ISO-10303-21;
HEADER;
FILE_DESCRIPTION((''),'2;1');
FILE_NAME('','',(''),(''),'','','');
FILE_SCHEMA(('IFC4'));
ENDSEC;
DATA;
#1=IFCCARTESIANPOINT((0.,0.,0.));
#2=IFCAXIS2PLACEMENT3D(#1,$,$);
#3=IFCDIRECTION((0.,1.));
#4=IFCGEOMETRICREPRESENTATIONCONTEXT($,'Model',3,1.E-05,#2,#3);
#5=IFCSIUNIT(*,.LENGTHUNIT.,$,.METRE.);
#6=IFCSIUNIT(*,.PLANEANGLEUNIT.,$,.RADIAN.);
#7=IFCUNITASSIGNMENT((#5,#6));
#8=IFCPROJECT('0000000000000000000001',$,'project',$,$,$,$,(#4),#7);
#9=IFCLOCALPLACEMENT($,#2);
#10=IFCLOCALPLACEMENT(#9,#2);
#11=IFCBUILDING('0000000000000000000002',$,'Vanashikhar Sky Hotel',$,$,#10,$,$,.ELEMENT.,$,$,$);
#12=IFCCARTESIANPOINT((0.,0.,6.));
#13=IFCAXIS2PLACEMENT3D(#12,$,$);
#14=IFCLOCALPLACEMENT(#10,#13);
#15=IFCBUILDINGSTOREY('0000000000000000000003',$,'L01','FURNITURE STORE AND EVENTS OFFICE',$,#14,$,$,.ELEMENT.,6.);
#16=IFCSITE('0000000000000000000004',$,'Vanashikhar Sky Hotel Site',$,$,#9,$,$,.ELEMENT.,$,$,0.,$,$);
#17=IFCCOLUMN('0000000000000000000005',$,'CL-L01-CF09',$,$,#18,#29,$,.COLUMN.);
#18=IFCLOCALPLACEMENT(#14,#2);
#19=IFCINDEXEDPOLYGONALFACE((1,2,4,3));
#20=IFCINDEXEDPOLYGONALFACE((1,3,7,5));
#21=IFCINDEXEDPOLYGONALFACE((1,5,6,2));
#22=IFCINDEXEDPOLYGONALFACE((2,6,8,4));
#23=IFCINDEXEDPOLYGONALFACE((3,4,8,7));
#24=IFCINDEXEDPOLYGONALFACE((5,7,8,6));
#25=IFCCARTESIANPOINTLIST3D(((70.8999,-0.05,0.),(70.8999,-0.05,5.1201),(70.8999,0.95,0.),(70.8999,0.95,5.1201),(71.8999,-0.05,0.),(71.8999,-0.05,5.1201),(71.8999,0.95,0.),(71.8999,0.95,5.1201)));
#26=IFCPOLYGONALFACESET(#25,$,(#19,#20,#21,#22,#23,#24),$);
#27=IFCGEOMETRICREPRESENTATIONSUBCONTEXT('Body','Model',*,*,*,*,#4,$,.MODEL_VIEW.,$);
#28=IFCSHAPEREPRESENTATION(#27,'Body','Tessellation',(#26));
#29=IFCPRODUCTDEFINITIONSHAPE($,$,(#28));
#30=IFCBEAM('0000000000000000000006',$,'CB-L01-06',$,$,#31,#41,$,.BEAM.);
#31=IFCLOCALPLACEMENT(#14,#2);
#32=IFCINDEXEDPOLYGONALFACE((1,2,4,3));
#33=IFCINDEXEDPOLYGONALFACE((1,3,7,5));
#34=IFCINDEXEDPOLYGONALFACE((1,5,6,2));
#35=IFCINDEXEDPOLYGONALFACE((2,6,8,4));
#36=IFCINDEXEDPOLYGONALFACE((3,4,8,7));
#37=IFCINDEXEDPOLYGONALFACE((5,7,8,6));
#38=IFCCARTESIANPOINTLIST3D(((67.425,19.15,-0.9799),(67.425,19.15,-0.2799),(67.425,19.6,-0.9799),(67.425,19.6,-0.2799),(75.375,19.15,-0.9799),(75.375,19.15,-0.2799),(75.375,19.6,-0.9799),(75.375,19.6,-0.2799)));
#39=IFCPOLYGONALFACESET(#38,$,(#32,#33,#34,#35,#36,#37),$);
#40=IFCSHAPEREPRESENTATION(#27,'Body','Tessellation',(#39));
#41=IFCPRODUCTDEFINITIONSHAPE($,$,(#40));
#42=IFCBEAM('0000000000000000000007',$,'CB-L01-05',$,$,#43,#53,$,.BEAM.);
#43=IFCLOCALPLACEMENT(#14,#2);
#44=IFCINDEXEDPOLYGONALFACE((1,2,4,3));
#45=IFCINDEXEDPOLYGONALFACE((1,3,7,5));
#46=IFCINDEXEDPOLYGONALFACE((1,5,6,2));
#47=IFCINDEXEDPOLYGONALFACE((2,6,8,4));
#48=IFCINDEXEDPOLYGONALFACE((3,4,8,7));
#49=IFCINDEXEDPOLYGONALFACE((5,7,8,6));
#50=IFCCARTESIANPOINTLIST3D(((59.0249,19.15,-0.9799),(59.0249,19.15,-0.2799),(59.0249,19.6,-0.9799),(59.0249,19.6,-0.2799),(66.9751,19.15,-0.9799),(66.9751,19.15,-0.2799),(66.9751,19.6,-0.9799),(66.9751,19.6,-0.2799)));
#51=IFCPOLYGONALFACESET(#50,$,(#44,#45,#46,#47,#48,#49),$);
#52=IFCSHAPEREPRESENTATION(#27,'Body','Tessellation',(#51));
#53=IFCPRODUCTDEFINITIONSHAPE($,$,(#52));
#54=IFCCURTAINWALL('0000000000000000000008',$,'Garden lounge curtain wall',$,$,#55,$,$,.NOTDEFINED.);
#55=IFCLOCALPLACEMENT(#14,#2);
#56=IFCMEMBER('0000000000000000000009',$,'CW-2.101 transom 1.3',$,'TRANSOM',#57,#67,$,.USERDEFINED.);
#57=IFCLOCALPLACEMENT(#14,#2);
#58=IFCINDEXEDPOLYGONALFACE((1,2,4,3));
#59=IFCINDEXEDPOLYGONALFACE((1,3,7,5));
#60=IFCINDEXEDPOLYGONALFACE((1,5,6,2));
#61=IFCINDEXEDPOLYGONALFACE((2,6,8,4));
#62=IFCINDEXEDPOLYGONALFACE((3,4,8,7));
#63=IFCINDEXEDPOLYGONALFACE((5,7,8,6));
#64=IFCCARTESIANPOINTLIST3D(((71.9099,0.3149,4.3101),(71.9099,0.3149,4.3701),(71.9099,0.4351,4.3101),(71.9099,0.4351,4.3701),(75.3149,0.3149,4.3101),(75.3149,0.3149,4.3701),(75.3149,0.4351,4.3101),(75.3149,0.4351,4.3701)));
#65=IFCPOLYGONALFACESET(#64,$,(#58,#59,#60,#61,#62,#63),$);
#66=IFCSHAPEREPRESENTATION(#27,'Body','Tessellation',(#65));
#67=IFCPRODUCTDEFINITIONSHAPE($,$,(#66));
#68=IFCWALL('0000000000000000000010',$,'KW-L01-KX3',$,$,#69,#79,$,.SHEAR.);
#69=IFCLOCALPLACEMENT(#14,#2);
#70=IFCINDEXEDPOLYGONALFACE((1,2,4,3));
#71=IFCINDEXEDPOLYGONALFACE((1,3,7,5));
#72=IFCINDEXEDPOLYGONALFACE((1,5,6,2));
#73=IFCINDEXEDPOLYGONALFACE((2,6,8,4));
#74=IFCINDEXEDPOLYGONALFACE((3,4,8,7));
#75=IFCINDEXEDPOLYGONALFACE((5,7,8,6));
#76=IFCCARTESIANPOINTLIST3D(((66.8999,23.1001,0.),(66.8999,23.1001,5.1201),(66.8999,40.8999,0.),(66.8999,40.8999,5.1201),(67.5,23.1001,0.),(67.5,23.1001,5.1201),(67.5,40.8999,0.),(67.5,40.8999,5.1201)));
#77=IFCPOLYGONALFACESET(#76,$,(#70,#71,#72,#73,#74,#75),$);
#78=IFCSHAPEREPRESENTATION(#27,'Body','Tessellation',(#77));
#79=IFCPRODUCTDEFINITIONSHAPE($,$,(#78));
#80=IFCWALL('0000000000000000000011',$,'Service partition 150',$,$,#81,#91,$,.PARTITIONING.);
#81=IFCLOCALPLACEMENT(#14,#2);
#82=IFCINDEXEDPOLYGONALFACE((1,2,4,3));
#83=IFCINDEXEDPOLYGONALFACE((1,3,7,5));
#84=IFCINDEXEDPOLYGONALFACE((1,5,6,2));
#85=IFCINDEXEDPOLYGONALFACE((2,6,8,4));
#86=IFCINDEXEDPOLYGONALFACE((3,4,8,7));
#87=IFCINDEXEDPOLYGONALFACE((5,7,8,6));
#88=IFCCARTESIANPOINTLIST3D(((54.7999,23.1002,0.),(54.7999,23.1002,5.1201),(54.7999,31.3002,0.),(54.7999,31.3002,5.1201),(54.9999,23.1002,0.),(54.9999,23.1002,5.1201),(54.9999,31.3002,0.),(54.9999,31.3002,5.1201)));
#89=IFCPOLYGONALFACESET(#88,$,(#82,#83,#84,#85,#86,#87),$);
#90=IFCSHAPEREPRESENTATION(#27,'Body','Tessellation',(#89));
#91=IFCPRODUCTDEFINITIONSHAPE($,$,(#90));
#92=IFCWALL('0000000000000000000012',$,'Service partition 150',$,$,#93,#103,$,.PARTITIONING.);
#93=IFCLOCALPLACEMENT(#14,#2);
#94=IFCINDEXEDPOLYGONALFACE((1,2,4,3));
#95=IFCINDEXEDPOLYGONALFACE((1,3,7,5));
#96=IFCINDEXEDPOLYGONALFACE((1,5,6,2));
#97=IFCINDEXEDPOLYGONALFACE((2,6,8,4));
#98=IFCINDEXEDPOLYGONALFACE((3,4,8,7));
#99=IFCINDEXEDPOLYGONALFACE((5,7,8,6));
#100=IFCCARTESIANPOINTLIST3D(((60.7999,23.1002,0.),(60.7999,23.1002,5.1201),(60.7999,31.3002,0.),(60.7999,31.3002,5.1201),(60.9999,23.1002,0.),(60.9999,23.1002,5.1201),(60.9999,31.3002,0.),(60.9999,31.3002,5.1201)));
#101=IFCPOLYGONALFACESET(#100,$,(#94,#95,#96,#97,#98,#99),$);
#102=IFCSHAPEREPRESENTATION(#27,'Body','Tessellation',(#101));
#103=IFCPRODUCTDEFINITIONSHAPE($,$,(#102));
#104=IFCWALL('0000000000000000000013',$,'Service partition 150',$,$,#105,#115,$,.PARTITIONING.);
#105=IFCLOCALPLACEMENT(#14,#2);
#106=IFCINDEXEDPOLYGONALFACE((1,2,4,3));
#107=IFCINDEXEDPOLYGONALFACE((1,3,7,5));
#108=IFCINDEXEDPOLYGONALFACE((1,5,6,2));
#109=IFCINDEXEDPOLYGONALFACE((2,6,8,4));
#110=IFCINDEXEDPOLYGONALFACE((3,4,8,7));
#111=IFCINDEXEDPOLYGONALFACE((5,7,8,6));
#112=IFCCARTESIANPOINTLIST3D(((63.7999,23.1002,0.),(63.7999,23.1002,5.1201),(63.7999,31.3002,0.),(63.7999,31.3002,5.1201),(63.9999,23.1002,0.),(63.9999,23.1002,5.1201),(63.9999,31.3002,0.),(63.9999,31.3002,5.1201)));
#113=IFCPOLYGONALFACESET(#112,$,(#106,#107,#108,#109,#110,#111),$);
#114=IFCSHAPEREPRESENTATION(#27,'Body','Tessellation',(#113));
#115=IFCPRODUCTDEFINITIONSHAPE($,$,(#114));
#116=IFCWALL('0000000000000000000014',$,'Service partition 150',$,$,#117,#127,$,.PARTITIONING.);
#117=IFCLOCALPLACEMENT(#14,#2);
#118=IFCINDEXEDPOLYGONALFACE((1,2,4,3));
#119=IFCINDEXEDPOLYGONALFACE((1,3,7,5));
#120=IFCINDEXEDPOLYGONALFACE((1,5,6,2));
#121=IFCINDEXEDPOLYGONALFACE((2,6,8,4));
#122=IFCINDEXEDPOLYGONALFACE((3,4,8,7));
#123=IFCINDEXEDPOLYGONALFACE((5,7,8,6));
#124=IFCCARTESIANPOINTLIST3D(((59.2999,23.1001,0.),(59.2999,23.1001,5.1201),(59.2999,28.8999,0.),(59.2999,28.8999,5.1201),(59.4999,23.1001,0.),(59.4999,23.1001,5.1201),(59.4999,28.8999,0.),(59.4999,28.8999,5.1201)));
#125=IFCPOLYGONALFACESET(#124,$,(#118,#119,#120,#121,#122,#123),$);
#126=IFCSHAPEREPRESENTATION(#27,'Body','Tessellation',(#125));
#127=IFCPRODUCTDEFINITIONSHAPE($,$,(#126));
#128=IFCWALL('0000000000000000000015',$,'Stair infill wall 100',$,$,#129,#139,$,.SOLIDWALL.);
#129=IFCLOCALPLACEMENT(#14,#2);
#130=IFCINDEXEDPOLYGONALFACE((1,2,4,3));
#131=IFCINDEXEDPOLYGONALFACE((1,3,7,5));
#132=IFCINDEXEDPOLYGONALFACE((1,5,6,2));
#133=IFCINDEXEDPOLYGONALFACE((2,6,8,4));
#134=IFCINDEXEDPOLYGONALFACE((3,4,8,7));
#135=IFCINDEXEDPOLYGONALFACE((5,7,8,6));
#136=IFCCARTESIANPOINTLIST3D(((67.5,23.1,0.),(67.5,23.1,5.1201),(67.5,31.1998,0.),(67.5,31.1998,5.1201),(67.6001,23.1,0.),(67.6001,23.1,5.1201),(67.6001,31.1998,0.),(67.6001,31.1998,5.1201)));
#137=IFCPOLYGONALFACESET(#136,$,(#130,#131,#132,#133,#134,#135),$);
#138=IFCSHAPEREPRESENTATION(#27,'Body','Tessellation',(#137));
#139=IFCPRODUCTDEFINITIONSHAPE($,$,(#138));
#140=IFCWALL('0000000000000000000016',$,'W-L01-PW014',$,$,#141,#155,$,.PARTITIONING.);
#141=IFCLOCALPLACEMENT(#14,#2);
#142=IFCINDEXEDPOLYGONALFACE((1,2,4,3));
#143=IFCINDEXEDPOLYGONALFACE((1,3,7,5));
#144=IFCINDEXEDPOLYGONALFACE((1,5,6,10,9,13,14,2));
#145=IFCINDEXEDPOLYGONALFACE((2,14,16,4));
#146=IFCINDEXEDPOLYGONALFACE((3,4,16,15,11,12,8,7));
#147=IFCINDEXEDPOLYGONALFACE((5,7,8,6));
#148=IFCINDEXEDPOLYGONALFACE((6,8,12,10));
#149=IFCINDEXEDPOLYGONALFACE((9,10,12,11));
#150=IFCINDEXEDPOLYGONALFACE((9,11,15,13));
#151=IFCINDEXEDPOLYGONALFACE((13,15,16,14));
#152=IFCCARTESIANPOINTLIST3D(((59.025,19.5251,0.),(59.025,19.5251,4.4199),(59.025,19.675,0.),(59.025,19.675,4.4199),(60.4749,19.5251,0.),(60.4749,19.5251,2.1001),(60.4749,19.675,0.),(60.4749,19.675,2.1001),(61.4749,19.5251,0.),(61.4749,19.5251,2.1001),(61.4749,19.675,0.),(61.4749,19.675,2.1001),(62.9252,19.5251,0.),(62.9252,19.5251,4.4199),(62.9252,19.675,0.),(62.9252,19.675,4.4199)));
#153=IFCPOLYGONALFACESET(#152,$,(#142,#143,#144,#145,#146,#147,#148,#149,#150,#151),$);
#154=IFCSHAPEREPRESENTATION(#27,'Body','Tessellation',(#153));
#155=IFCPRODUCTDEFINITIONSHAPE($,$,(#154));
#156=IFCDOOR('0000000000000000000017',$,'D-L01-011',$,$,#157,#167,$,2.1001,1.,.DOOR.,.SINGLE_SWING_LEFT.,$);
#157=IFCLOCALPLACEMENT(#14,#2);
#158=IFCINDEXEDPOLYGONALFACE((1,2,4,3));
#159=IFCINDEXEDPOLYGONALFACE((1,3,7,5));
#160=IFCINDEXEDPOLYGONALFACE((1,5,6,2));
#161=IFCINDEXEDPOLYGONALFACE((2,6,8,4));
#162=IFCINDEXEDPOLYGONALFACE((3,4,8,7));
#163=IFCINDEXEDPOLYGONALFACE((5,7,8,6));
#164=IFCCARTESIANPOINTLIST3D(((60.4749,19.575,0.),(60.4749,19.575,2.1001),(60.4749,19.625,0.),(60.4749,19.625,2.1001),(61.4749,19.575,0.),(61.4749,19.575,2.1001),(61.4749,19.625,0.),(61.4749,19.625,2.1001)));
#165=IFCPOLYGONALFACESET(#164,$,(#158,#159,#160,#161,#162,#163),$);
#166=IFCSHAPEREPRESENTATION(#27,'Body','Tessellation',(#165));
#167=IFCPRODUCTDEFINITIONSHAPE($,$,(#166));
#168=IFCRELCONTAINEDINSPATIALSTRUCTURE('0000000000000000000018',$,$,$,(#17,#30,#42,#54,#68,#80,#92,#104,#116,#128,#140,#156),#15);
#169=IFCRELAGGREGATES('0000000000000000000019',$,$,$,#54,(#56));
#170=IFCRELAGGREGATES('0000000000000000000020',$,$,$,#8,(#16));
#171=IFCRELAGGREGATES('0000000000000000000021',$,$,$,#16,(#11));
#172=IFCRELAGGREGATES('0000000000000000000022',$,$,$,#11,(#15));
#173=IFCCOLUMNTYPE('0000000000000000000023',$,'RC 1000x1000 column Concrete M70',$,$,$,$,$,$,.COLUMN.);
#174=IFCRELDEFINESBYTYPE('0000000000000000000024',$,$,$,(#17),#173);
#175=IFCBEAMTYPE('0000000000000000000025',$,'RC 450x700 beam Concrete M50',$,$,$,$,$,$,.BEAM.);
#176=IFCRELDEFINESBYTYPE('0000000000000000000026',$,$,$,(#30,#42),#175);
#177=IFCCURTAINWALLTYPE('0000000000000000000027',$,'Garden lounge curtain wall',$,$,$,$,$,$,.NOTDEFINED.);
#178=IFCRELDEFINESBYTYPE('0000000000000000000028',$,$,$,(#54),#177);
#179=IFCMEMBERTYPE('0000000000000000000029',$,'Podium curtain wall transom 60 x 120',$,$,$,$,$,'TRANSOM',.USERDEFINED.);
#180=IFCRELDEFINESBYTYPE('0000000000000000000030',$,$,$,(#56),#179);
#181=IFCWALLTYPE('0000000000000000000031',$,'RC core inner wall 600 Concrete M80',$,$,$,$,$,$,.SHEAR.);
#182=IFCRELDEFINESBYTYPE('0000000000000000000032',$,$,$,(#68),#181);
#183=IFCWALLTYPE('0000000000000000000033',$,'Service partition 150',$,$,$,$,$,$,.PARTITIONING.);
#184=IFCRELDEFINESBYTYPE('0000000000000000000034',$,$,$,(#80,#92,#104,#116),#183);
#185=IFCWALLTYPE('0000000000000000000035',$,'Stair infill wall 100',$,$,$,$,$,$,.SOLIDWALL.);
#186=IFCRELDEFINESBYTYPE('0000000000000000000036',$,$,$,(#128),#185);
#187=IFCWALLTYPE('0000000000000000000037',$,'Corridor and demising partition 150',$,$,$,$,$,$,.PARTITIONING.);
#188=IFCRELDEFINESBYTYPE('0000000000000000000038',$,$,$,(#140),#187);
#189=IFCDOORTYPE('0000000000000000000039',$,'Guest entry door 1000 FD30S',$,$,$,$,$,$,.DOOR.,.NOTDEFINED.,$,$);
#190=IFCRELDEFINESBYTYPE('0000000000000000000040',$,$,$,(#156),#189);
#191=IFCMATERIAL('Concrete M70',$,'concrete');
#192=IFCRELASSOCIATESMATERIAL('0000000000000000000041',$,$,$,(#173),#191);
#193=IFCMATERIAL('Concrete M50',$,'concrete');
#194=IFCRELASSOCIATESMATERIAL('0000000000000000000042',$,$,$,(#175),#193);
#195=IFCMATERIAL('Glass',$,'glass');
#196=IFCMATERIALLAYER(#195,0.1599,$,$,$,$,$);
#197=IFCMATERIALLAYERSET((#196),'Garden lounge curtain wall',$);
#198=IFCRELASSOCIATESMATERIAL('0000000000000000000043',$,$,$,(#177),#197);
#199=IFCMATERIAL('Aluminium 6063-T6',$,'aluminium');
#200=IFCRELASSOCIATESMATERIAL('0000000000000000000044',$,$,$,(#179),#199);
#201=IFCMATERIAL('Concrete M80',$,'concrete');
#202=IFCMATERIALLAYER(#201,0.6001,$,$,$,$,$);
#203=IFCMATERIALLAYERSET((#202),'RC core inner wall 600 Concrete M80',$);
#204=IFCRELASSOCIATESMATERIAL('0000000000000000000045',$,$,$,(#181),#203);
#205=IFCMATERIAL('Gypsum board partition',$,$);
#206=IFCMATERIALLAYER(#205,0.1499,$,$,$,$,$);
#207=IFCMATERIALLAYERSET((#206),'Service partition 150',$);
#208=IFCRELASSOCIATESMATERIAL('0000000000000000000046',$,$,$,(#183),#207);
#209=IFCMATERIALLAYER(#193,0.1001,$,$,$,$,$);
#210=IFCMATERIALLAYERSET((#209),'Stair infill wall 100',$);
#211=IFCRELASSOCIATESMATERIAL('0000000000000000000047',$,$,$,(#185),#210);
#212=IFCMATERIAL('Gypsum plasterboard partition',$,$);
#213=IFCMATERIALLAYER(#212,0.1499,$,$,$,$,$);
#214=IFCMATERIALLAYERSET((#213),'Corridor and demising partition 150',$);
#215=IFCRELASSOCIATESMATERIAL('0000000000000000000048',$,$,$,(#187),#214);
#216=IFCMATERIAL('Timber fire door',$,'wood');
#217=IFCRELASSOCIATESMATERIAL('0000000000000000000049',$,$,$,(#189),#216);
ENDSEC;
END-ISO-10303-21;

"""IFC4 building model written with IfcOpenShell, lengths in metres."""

from ifc_helpers import new_model, si_unit, direction, frame, frame_2d, origin, origin_2d, place, context, subcontext, project, spatial, rectangle, extrude, source, transform, mapped, material, layer, layer_set, material_profile, profile_set, type_object, element, fill, aggregate, save


model = new_model("IFC4")

# Units and contexts
model_context = context("Model", 3, precision=1e-05, world=origin(), true_north=direction((0.0, 1.0)))
body_context = subcontext(model_context, "Body", "Model", "MODEL_VIEW")
ifc_project = project(units=[si_unit("LENGTHUNIT", "METRE"), si_unit("PLANEANGLEUNIT", "RADIAN")], contexts=[model_context])

# Site, building, storey
site_placement = place(None, origin())
site = spatial("IfcSite", under=ifc_project, at=site_placement, Name="Vanashikhar Sky Hotel Site", CompositionType="ELEMENT", RefElevation=0.0)
building_placement = place(site_placement, origin())
building = spatial("IfcBuilding", under=site, at=building_placement, Name="Vanashikhar Sky Hotel", CompositionType="ELEMENT")
storey_placement = place(building_placement, frame((0.0, 0.0, 6.0)))
storey = spatial("IfcBuildingStorey", under=building, at=storey_placement, Name="L01", Description="FURNITURE STORE AND EVENTS OFFICE", CompositionType="ELEMENT", Elevation=6.0)

# Column
ifc_material_1 = material(Name="Concrete M70", Category="concrete")
ifc_material_profile_1 = material_profile(ifc_material_1, rectangle(XDim=1.0, YDim=1.0, at=origin_2d()))
ifc_profile_set_1 = profile_set([ifc_material_profile_1], Name="RC 1000x1000 column Concrete M70")
column_type = type_object("IfcColumnType", Name="RC 1000x1000 column Concrete M70", PredefinedType="COLUMN", material=ifc_profile_set_1)
shared_shape_1 = source(origin(), body_context, "Body", "SweptSolid", [
    extrude(rectangle(XDim=1.0, YDim=1.0, at=origin_2d()), origin(), (0.0, 0.0, 1.0), 5.1201),
])
column_placement = place(storey_placement, frame((71.3999, 0.45, 0.0), z_axis=(0.0, 0.0, 1.0), x_axis=(1.0, 0.0, 0.0)))
element("IfcColumn", 1, at=column_placement, inside=storey, type_object=column_type, Name="CL-L01-CF09", PredefinedType="COLUMN", context=body_context, shape_type="MappedRepresentation", body=[
    mapped(shared_shape_1, transform((0.0, 0.0, 0.0), scale=1.0)),
])

# Beams
ifc_material_2 = material(Name="Concrete M50", Category="concrete")
ifc_material_profile_2 = material_profile(ifc_material_2, rectangle(XDim=0.45, YDim=0.7, at=origin_2d()))
ifc_profile_set_2 = profile_set([ifc_material_profile_2], Name="RC 450x700 beam Concrete M50")
beam_type = type_object("IfcBeamType", Name="RC 450x700 beam Concrete M50", PredefinedType="BEAM", material=ifc_profile_set_2)
shared_shape_2 = source(origin(), body_context, "Body", "SweptSolid", [
    extrude(rectangle(XDim=0.45, YDim=0.7, at=origin_2d()), origin(), (0.0, 0.0, 1.0), 7.95),
])
beam_1_placement = place(storey_placement, frame((67.425, 19.375, -0.6299), z_axis=(1.0, 0.0, 0.0), x_axis=(0.0, 1.0, 0.0)))
element("IfcBeam", 2, at=beam_1_placement, inside=storey, type_object=beam_type, Name="CB-L01-06", PredefinedType="BEAM", context=body_context, shape_type="MappedRepresentation", body=[
    mapped(shared_shape_2, transform((0.0, 0.0, 0.0), scale=1.0)),
])
shared_shape_3 = source(origin(), body_context, "Body", "SweptSolid", [
    extrude(rectangle(XDim=0.45, YDim=0.7, at=origin_2d()), origin(), (0.0, 0.0, 1.0), 7.9502),
])
beam_2_placement = place(storey_placement, frame((59.0249, 19.375, -0.6299), z_axis=(1.0, 0.0, 0.0), x_axis=(0.0, 1.0, 0.0)))
element("IfcBeam", 3, at=beam_2_placement, inside=storey, type_object=beam_type, Name="CB-L01-05", PredefinedType="BEAM", context=body_context, shape_type="MappedRepresentation", body=[
    mapped(shared_shape_3, transform((0.0, 0.0, 0.0), scale=1.0)),
])

# Curtain wall, member
ifc_material_3 = material(Name="Glass", Category="glass")
ifc_layer_1 = layer(ifc_material_3, 0.1599)
ifc_layer_set_1 = layer_set([ifc_layer_1], Name="Garden lounge curtain wall")
curtain_wall_type = type_object("IfcCurtainWallType", Name="Garden lounge curtain wall", PredefinedType="NOTDEFINED", material=ifc_layer_set_1)
curtain_wall_placement = place(storey_placement, origin())
curtain_wall = element("IfcCurtainWall", 4, at=curtain_wall_placement, inside=storey, type_object=curtain_wall_type, Name="Garden lounge curtain wall", PredefinedType="NOTDEFINED")
ifc_material_4 = material(Name="Aluminium 6063-T6", Category="aluminium")
ifc_material_profile_3 = material_profile(ifc_material_4, rectangle(XDim=0.1201, YDim=0.0601, at=origin_2d()))
ifc_profile_set_3 = profile_set([ifc_material_profile_3], Name="Aluminium 6063-T6")
member_type = type_object("IfcMemberType", Name="Podium curtain wall transom 60 x 120", ElementType="TRANSOM", PredefinedType="USERDEFINED", material=ifc_profile_set_3)
shared_shape_4 = source(origin(), body_context, "Body", "SweptSolid", [
    extrude(rectangle(XDim=0.1201, YDim=0.0601, at=origin_2d()), origin(), (0.0, 0.0, 1.0), 3.405),
])
member_placement = place(storey_placement, frame((71.9099, 0.375, 4.3401), z_axis=(1.0, 0.0, 0.0), x_axis=(0.0, 1.0, 0.0)))
member = element("IfcMember", 5, at=member_placement, type_object=member_type, Name="CW-2.101 transom 1.3", ObjectType="TRANSOM", PredefinedType="USERDEFINED", context=body_context, shape_type="MappedRepresentation", body=[
    mapped(shared_shape_4, transform((0.0, 0.0, 0.0), scale=1.0)),
])
aggregate(curtain_wall, [member])

# Walls
ifc_material_5 = material(Name="Concrete M80", Category="concrete")
ifc_layer_2 = layer(ifc_material_5, 0.6001)
ifc_layer_set_2 = layer_set([ifc_layer_2], Name="RC core inner wall 600 Concrete M80")
wall_type_1 = type_object("IfcWallType", Name="RC core inner wall 600 Concrete M80", PredefinedType="SHEAR", material=ifc_layer_set_2)
shared_shape_5 = source(origin(), body_context, "Body", "SweptSolid", [
    extrude(rectangle(XDim=17.7998, YDim=0.6001, at=frame_2d((8.8999, 0.0))), origin(), (0.0, 0.0, 1.0), 5.1201),
])
wall_1_placement = place(storey_placement, frame((67.2, 23.1001, 0.0), z_axis=(0.0, 0.0, 1.0), x_axis=(0.0, 1.0, 0.0)))
element("IfcWall", 6, at=wall_1_placement, inside=storey, type_object=wall_type_1, Name="KW-L01-KX3", PredefinedType="SHEAR", context=body_context, shape_type="MappedRepresentation", body=[
    mapped(shared_shape_5, transform((0.0, 0.0, 0.0), scale=1.0)),
])
ifc_material_6 = material(Name="Gypsum board partition")
ifc_layer_3 = layer(ifc_material_6, 0.1499)
ifc_layer_set_3 = layer_set([ifc_layer_3], Name="Service partition 150")
wall_type_2 = type_object("IfcWallType", Name="Service partition 150", PredefinedType="PARTITIONING", material=ifc_layer_set_3)
shared_shape_6 = source(origin(), body_context, "Body", "SweptSolid", [
    extrude(rectangle(XDim=8.2, YDim=0.2, at=frame_2d((4.1001, 0.0))), origin(), (0.0, 0.0, 1.0), 5.1201),
])
for number, where, z_axis, x_axis, name in (
    (7, (54.8999, 23.1001, 0.0), (0.0, 0.0, 1.0), (0.0, 1.0, 0.0), "Service partition 150"),
    (8, (60.8999, 23.1001, 0.0), (0.0, 0.0, 1.0), (0.0, 1.0, 0.0), "Service partition 150"),
    (9, (63.8999, 23.1001, 0.0), (0.0, 0.0, 1.0), (0.0, 1.0, 0.0), "Service partition 150"),
):
    element("IfcWall", number, at=place(storey_placement, frame(where, z_axis=z_axis, x_axis=x_axis)), inside=storey, type_object=wall_type_2, Name=name, PredefinedType="PARTITIONING", context=body_context, shape_type="MappedRepresentation", body=[
        mapped(shared_shape_6, transform((0.0, 0.0, 0.0), scale=1.0)),
    ])
shared_shape_7 = source(origin(), body_context, "Body", "SweptSolid", [
    extrude(rectangle(XDim=5.7998, YDim=0.2, at=frame_2d((2.8999, 0.0))), origin(), (0.0, 0.0, 1.0), 5.1201),
])
wall_2_placement = place(storey_placement, frame((59.3999, 23.1001, 0.0), z_axis=(0.0, 0.0, 1.0), x_axis=(0.0, 1.0, 0.0)))
element("IfcWall", 10, at=wall_2_placement, inside=storey, type_object=wall_type_2, Name="Service partition 150", PredefinedType="PARTITIONING", context=body_context, shape_type="MappedRepresentation", body=[
    mapped(shared_shape_7, transform((0.0, 0.0, 0.0), scale=1.0)),
])
ifc_layer_4 = layer(ifc_material_2, 0.1001)
ifc_layer_set_4 = layer_set([ifc_layer_4], Name="Stair infill wall 100")
wall_type_3 = type_object("IfcWallType", Name="Stair infill wall 100", PredefinedType="SOLIDWALL", material=ifc_layer_set_4)
shared_shape_8 = source(origin(), body_context, "Body", "SweptSolid", [
    extrude(rectangle(XDim=8.0999, YDim=0.1001, at=frame_2d((4.0498, 0.0))), origin(), (0.0, 0.0, 1.0), 5.1201),
])
wall_3_placement = place(storey_placement, frame((67.55, 23.1001, 0.0), z_axis=(0.0, 0.0, 1.0), x_axis=(0.0, 1.0, 0.0)))
element("IfcWall", 11, at=wall_3_placement, inside=storey, type_object=wall_type_3, Name="Stair infill wall 100", PredefinedType="SOLIDWALL", context=body_context, shape_type="MappedRepresentation", body=[
    mapped(shared_shape_8, transform((0.0, 0.0, 0.0), scale=1.0)),
])

# Wall, opening, door
ifc_material_7 = material(Name="Gypsum plasterboard partition")
ifc_layer_5 = layer(ifc_material_7, 0.1499)
ifc_layer_set_5 = layer_set([ifc_layer_5], Name="Corridor and demising partition 150")
wall_type_4 = type_object("IfcWallType", Name="Corridor and demising partition 150", PredefinedType="PARTITIONING", material=ifc_layer_set_5)
shared_shape_9 = source(origin(), body_context, "Body", "SweptSolid", [
    extrude(rectangle(XDim=3.9001, YDim=0.1499, at=frame_2d((1.9502, 0.0))), origin(), (0.0, 0.0, 1.0), 4.4199),
])
wall_4_placement = place(storey_placement, frame((59.0249, 19.6001, 0.0), z_axis=(0.0, 0.0, 1.0), x_axis=(1.0, 0.0, 0.0)))
wall_4 = element("IfcWall", 12, at=wall_4_placement, inside=storey, type_object=wall_type_4, Name="W-L01-PW014", PredefinedType="PARTITIONING", context=body_context, shape_type="MappedRepresentation", body=[
    mapped(shared_shape_9, transform((0.0, 0.0, 0.0), scale=1.0)),
])
shared_shape_10 = source(origin(), body_context, "Body", "SweptSolid", [
    extrude(rectangle(XDim=1.0, YDim=2.1001, at=frame_2d((0.5, 1.05))), frame((0.0, 0.085, 0.0), z_axis=(0.0, -1.0, 0.0), x_axis=(1.0, 0.0, 0.0)), (0.0, 0.0, 1.0), 0.1699),
])
opening_1_placement = place(wall_4_placement, frame((1.45, 0.0, 0.0)))
opening_1 = element("IfcOpeningElement", 13, at=opening_1_placement, cuts=wall_4, PredefinedType="OPENING", context=body_context, shape_type="MappedRepresentation", body=[
    mapped(shared_shape_10, transform((0.0, 0.0, 0.0), scale=1.0)),
])
ifc_material_8 = material(Name="Timber fire door", Category="wood")
door_type_1 = type_object("IfcDoorType", Name="Guest entry door 1000 FD30S", OperationType="NOTDEFINED", PredefinedType="DOOR", material=ifc_material_8)
shared_shape_11 = source(origin(), body_context, "Body", "SweptSolid", [
    extrude(rectangle(XDim=1.0, YDim=2.1001, at=frame_2d((0.5, 1.05))), frame((0.0, 0.0249, 0.0), z_axis=(0.0, -1.0, 0.0), x_axis=(1.0, 0.0, 0.0)), (0.0, 0.0, 1.0), 0.05),
])
door_1_placement = place(opening_1_placement, origin())
door_1 = element("IfcDoor", 14, at=door_1_placement, inside=storey, type_object=door_type_1, Name="D-L01-011", OperationType="SINGLE_SWING_LEFT", OverallHeight=2.1001, OverallWidth=1.0, PredefinedType="DOOR", context=body_context, shape_type="MappedRepresentation", body=[
    mapped(shared_shape_11, transform((0.0, 0.0, 0.0), scale=1.0)),
])
fill(opening_1, door_1)

save(model, "model.ifc")
